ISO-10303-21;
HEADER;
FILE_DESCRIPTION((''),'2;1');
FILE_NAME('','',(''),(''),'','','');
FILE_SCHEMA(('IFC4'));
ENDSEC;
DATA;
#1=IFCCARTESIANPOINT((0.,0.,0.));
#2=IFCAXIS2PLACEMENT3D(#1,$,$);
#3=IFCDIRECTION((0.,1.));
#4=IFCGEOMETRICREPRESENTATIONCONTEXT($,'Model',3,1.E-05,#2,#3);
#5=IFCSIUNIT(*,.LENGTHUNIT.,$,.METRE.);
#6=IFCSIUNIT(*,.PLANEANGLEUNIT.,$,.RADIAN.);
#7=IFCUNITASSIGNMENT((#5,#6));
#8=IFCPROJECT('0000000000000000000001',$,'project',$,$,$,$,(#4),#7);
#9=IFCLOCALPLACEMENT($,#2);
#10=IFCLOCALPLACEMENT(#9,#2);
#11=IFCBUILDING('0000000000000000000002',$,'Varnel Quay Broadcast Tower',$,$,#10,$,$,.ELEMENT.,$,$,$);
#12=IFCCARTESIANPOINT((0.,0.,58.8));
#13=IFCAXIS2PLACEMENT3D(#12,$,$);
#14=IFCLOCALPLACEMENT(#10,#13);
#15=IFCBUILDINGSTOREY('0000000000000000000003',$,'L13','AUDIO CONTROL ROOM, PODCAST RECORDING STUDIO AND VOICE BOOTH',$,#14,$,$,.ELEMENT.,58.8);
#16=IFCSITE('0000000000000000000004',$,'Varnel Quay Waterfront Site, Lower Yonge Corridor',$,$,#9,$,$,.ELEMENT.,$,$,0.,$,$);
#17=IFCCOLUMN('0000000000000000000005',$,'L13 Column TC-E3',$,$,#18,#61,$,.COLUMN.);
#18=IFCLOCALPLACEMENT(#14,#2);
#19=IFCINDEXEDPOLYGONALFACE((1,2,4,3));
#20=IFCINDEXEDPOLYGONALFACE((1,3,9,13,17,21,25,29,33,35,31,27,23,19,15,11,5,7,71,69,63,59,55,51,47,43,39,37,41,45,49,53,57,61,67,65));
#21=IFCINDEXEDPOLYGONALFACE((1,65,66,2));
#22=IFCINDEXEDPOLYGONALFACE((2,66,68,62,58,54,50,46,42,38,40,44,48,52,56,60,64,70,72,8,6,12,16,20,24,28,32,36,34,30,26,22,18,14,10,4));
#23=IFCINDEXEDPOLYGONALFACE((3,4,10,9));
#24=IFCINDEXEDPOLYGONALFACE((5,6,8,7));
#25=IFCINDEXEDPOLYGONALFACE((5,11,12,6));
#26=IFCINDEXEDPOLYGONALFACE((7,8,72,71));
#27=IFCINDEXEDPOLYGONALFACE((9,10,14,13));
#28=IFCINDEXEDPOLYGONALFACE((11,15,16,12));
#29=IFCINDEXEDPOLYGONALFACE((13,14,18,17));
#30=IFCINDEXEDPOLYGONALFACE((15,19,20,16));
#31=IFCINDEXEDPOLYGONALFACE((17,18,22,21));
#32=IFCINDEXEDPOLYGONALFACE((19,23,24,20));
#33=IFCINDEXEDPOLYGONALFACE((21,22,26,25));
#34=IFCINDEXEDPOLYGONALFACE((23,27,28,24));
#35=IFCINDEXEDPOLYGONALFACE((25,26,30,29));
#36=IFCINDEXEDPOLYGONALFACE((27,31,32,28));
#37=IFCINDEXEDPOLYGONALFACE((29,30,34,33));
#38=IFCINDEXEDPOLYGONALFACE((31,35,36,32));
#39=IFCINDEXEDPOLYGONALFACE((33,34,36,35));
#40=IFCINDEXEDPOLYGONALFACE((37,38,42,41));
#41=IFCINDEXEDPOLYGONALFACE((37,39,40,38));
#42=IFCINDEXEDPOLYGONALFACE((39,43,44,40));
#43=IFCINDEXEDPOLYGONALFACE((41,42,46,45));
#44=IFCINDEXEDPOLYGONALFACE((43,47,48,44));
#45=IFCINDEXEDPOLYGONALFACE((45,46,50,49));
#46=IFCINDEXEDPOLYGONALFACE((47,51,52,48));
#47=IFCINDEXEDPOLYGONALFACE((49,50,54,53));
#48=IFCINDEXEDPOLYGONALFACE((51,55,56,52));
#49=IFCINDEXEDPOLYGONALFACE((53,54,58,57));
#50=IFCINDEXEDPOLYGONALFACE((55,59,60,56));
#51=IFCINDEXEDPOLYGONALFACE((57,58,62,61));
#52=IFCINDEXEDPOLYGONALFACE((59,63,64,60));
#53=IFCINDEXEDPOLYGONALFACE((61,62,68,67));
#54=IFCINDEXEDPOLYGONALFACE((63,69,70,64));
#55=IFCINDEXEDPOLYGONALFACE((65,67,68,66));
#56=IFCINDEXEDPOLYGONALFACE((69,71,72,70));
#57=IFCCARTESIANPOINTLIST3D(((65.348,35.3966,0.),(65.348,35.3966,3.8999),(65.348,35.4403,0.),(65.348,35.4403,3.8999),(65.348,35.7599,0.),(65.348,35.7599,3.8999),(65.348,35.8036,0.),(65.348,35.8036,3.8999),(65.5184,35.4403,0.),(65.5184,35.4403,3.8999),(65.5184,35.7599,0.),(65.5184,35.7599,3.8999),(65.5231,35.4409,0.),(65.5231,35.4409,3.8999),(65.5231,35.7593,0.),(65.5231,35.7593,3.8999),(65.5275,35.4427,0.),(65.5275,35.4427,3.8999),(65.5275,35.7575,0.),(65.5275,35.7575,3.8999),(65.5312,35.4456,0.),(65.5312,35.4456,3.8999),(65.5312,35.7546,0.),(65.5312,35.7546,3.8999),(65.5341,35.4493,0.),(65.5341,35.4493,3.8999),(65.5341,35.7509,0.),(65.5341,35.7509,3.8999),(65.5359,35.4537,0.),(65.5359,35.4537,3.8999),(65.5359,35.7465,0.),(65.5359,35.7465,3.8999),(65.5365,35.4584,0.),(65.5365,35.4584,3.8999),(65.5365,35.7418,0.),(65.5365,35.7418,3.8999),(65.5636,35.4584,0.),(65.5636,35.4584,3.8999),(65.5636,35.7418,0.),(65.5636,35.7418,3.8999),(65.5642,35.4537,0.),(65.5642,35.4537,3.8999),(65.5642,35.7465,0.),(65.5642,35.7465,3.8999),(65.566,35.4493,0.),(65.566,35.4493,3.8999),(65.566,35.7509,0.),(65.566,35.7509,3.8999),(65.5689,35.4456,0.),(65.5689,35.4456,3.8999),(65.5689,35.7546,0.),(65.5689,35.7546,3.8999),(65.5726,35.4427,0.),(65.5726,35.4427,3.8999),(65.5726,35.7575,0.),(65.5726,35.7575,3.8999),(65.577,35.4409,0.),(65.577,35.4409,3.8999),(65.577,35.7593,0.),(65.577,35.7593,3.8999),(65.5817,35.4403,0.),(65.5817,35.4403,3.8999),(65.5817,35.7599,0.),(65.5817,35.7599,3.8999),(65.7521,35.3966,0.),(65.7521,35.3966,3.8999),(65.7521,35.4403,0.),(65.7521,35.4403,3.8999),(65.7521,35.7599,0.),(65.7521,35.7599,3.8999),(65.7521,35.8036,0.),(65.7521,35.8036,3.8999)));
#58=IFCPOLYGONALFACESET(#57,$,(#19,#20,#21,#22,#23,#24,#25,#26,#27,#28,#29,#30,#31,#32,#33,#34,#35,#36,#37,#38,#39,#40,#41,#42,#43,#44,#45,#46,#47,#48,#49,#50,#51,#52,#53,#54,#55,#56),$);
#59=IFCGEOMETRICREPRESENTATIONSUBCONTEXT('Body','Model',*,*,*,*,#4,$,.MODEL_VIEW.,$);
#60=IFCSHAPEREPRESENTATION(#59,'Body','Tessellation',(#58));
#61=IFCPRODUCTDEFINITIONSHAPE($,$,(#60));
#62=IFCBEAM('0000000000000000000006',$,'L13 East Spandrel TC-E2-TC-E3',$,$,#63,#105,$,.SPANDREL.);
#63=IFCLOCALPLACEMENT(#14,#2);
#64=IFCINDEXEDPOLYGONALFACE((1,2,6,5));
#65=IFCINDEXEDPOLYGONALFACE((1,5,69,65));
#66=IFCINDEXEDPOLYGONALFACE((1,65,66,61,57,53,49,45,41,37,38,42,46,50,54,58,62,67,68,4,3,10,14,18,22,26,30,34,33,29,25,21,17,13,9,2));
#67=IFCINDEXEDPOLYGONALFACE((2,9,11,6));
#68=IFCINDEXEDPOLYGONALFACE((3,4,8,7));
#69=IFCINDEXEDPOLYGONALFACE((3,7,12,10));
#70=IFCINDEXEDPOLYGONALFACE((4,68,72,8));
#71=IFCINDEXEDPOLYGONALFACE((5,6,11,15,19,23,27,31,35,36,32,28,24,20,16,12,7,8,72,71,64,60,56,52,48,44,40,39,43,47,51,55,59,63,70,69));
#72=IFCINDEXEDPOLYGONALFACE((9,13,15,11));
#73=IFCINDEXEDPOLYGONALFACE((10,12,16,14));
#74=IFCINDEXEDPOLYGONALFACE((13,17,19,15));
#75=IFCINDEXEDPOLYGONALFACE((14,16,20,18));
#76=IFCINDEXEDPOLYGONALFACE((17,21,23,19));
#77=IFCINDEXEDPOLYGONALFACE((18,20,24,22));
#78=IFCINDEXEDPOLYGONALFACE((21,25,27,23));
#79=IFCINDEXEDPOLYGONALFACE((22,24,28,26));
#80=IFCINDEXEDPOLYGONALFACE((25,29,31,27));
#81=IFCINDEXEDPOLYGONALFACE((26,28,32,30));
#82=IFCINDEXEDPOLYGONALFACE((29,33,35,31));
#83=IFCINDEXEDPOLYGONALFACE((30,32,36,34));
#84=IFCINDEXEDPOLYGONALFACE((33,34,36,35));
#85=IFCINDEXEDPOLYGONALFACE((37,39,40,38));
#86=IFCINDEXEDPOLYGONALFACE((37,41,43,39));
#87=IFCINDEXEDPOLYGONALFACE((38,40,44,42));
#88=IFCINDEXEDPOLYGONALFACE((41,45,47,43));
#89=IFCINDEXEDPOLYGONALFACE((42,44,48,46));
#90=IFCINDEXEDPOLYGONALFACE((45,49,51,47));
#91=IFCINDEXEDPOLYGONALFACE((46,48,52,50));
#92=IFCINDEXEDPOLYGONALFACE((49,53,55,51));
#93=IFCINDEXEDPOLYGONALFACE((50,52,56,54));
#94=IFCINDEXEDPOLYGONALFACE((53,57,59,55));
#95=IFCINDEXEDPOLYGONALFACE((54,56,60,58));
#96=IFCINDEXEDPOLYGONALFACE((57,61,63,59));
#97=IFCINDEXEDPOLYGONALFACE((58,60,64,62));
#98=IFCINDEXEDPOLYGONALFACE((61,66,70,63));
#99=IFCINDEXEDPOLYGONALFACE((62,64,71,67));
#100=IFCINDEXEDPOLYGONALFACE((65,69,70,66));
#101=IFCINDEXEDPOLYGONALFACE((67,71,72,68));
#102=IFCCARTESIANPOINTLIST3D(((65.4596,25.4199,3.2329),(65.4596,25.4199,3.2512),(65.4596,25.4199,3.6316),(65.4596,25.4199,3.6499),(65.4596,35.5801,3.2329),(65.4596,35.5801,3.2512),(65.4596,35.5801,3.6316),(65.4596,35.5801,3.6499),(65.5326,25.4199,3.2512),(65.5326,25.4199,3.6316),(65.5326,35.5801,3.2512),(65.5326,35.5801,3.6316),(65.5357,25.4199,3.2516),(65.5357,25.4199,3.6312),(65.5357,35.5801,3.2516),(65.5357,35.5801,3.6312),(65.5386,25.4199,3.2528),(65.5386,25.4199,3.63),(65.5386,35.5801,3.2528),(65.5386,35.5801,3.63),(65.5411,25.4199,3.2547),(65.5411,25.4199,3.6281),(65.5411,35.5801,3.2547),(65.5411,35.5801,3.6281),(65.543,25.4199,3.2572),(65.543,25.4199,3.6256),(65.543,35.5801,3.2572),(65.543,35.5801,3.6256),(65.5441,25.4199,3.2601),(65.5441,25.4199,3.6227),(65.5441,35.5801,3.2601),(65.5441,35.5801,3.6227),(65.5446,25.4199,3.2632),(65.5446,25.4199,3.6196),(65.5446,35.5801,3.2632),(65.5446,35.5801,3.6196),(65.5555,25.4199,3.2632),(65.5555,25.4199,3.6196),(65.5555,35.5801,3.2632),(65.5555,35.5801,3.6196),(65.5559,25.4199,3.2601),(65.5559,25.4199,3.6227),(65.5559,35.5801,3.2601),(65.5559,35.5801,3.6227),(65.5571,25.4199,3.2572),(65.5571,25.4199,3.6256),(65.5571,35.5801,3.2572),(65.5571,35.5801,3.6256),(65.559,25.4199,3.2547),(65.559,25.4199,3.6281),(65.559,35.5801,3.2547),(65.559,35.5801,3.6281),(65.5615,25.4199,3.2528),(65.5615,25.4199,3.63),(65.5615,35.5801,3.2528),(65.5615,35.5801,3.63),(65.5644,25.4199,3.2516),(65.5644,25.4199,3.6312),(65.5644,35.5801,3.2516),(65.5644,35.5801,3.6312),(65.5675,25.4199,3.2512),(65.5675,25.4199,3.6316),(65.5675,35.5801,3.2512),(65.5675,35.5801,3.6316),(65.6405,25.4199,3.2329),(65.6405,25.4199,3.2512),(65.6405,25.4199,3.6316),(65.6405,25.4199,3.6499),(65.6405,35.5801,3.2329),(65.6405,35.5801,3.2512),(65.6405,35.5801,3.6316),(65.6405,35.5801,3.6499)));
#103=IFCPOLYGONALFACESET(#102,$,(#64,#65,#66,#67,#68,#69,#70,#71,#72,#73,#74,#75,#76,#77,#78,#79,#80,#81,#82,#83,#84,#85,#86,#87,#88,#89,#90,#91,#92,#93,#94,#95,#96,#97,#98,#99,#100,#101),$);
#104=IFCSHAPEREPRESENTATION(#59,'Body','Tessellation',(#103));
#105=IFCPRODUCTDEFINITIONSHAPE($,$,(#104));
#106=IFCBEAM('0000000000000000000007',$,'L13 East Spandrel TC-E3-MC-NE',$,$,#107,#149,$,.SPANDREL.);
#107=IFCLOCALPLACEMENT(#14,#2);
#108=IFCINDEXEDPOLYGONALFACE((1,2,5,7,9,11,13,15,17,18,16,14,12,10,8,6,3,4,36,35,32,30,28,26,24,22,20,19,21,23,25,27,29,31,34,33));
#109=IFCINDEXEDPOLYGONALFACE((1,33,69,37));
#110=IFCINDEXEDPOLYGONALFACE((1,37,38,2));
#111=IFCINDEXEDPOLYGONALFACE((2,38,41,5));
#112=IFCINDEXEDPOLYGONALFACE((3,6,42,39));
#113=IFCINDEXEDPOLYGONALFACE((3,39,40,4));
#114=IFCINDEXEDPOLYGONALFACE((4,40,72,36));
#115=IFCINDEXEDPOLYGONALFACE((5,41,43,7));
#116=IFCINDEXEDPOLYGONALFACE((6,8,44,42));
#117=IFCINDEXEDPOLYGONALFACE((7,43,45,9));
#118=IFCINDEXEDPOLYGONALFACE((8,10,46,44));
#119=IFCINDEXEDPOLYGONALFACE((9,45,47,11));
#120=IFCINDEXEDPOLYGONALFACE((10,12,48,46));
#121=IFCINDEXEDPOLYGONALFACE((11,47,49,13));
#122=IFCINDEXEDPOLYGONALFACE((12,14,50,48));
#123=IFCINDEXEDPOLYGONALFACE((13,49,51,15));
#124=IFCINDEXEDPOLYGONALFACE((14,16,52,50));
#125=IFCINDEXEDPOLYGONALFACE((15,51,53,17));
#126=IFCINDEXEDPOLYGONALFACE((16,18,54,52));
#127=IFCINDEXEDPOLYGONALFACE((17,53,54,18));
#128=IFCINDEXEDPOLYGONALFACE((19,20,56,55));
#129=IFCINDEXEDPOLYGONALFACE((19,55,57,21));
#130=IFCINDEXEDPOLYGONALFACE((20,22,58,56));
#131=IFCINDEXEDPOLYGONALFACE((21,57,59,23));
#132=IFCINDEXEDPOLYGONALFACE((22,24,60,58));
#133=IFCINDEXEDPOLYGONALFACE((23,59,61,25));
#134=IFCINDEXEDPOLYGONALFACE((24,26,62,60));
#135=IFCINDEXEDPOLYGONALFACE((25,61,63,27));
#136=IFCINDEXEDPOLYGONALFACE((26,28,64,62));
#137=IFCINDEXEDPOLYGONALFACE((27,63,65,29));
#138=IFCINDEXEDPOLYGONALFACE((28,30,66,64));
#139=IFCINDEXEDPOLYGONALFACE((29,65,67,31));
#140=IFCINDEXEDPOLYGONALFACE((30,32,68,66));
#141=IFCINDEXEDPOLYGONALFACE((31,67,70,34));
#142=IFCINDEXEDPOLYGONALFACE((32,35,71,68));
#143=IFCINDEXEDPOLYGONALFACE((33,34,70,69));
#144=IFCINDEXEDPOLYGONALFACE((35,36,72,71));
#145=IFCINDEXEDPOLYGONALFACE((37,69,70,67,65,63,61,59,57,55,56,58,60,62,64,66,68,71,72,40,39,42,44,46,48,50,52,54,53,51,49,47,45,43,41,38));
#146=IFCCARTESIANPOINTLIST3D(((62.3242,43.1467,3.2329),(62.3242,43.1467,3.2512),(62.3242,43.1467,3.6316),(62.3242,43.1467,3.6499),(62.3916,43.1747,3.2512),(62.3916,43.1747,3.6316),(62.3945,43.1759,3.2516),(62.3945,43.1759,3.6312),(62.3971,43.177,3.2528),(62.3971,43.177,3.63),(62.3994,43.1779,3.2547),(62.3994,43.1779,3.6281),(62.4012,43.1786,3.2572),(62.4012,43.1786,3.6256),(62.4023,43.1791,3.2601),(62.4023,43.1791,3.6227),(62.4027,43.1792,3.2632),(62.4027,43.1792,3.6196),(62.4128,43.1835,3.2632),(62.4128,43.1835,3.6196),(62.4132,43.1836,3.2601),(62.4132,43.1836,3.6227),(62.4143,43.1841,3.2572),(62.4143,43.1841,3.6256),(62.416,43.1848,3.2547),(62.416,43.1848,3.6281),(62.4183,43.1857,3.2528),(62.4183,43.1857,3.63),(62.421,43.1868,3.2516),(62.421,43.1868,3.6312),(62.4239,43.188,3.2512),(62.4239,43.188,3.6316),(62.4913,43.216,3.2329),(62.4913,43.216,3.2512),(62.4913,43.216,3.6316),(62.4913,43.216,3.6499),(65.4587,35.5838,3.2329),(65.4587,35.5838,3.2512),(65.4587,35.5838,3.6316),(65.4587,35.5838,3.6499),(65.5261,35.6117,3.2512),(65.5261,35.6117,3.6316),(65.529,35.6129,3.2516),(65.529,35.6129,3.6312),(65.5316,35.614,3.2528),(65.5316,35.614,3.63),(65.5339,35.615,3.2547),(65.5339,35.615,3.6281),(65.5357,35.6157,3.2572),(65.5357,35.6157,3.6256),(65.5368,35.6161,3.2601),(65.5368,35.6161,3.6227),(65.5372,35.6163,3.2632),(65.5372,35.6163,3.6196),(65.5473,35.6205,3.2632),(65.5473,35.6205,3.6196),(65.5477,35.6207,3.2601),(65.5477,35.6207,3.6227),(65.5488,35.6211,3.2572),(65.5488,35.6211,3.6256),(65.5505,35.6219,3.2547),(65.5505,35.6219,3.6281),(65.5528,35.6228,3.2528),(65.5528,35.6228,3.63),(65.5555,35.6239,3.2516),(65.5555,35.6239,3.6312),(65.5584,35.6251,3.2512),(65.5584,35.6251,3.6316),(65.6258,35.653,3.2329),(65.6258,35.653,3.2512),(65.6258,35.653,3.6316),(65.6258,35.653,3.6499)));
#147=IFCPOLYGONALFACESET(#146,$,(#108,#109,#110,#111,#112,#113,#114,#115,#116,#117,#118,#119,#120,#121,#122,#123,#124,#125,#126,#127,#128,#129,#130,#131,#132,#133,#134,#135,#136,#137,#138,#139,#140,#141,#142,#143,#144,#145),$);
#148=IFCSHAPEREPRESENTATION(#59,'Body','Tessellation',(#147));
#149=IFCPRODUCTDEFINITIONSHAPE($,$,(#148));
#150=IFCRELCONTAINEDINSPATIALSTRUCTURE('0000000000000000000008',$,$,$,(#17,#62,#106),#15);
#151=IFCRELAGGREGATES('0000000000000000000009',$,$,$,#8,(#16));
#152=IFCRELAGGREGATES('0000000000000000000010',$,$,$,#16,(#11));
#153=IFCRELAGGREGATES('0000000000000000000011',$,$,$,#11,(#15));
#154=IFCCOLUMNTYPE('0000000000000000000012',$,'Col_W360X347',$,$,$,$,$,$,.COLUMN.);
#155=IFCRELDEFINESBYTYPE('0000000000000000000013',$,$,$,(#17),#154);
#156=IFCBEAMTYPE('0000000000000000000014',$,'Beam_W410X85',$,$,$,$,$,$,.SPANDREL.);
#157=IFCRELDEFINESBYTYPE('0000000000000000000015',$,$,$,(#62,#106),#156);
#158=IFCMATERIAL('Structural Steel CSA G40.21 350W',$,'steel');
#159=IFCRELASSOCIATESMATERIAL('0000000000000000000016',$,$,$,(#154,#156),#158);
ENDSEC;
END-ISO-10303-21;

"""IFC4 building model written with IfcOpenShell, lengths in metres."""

from ifc_helpers import new_model, si_unit, direction, frame, origin, origin_2d, place, context, subcontext, project, spatial, i_section, extrude, source, transform, mapped, material, material_profile, profile_set, type_object, type_shapes, element, save


model = new_model("IFC4")

# Units and contexts
model_context = context("Model", 3, precision=1e-05, world=origin(), true_north=direction((0.0, 1.0)))
body_context = subcontext(model_context, "Body", "Model", "MODEL_VIEW")
ifc_project = project(units=[si_unit("LENGTHUNIT", "METRE"), si_unit("PLANEANGLEUNIT", "RADIAN")], contexts=[model_context])

# Site, building, storey
site_placement = place(None, origin())
site = spatial("IfcSite", under=ifc_project, at=site_placement, Name="Varnel Quay Waterfront Site, Lower Yonge Corridor", CompositionType="ELEMENT", RefElevation=0.0)
building_placement = place(site_placement, origin())
building = spatial("IfcBuilding", under=site, at=building_placement, Name="Varnel Quay Broadcast Tower", CompositionType="ELEMENT")
storey_placement = place(building_placement, frame((0.0, 0.0, 58.8)))
storey = spatial("IfcBuildingStorey", under=building, at=storey_placement, Name="L13", Description="AUDIO CONTROL ROOM, PODCAST RECORDING STUDIO AND VOICE BOOTH", CompositionType="ELEMENT", Elevation=58.8)

# Column
ifc_material_1 = material(Name="Structural Steel CSA G40.21 350W", Category="steel")
ifc_material_profile_1 = material_profile(ifc_material_1, i_section(OverallWidth=0.4041, OverallDepth=0.407, WebThickness=0.0271, FlangeThickness=0.0437, FilletRadius=0.0181, at=origin_2d()), Name="W360X347")
ifc_profile_set_1 = profile_set([ifc_material_profile_1], Name="Structural Steel CSA G40.21 350W")
column_type_1 = type_object("IfcColumnType", Name="Col_W360X347", PredefinedType="COLUMN", material=ifc_profile_set_1)
shared_shape_1 = source(origin(), body_context, "Body", "SweptSolid", [
    extrude(i_section(OverallWidth=0.4041, OverallDepth=0.407, WebThickness=0.0271, FlangeThickness=0.0437, FilletRadius=0.0181, at=origin_2d()), origin(), (0.0, 0.0, 1.0), 3.8999),
])
type_shapes(column_type_1, [shared_shape_1])
for number, where, z_axis, x_axis, name in (
    (1, (65.55, 35.6001, 0.0), (0.0, 0.0, 1.0), (1.0, 0.0, 0.0), "L13 Column TC-E3"),
):
    element("IfcColumn", number, at=place(storey_placement, frame(where, z_axis=z_axis, x_axis=x_axis)), inside=storey, type_object=column_type_1, Name=name, PredefinedType="COLUMN", context=body_context, shape_type="MappedRepresentation", body=[
        mapped(shared_shape_1, transform((0.0, 0.0, 0.0), x_axis=(1.0, 0.0, 0.0), y_axis=(0.0, 1.0, 0.0), z_axis=(0.0, 0.0, 1.0), scale=1.0)),
    ])

# Beams
ifc_material_profile_2 = material_profile(ifc_material_1, i_section(OverallWidth=0.1809, OverallDepth=0.417, WebThickness=0.011, FlangeThickness=0.0183, FilletRadius=0.012, at=origin_2d()), Name="W410X85")
ifc_profile_set_2 = profile_set([ifc_material_profile_2], Name="Structural Steel CSA G40.21 350W")
beam_type_1 = type_object("IfcBeamType", Name="Beam_W410X85", PredefinedType="SPANDREL", material=ifc_profile_set_2)
shared_shape_2 = source(origin(), body_context, "Body", "SweptSolid", [
    extrude(i_section(OverallWidth=0.1809, OverallDepth=0.417, WebThickness=0.011, FlangeThickness=0.0183, FilletRadius=0.012, at=origin_2d()), origin(), (0.0, 0.0, 1.0), 10.1602),
])
beam_1_placement = place(storey_placement, frame((65.55, 25.4199, 3.4414), z_axis=(0.0, 1.0, 0.0), x_axis=(-1.0, 0.0, 0.0)))
element("IfcBeam", 2, at=beam_1_placement, inside=storey, type_object=beam_type_1, Name="L13 East Spandrel TC-E2-TC-E3", PredefinedType="SPANDREL", context=body_context, shape_type="MappedRepresentation", body=[
    mapped(shared_shape_2, transform((0.0, 0.0, 0.0), x_axis=(1.0, 0.0, 0.0), y_axis=(0.0, 1.0, 0.0), z_axis=(0.0, 0.0, 1.0), scale=1.0)),
])
shared_shape_3 = source(origin(), body_context, "Body", "SweptSolid", [
    extrude(i_section(OverallWidth=0.1809, OverallDepth=0.417, WebThickness=0.011, FlangeThickness=0.0183, FilletRadius=0.012, at=origin_2d()), origin(), (0.0, 0.0, 1.0), 8.1868),
])
beam_2_placement = place(storey_placement, frame((65.5422, 35.6184, 3.4414), z_axis=(-0.382874, 0.923801, 0.0), x_axis=(-0.923801, -0.382874, 0.0)))
element("IfcBeam", 3, at=beam_2_placement, inside=storey, type_object=beam_type_1, Name="L13 East Spandrel TC-E3-MC-NE", PredefinedType="SPANDREL", context=body_context, shape_type="MappedRepresentation", body=[
    mapped(shared_shape_3, transform((0.0, 0.0, 0.0), x_axis=(1.0, 0.0, 0.0), y_axis=(0.0, 1.0, 0.0), z_axis=(0.0, 0.0, 1.0), scale=1.0)),
])

save(model, "model.ifc")
